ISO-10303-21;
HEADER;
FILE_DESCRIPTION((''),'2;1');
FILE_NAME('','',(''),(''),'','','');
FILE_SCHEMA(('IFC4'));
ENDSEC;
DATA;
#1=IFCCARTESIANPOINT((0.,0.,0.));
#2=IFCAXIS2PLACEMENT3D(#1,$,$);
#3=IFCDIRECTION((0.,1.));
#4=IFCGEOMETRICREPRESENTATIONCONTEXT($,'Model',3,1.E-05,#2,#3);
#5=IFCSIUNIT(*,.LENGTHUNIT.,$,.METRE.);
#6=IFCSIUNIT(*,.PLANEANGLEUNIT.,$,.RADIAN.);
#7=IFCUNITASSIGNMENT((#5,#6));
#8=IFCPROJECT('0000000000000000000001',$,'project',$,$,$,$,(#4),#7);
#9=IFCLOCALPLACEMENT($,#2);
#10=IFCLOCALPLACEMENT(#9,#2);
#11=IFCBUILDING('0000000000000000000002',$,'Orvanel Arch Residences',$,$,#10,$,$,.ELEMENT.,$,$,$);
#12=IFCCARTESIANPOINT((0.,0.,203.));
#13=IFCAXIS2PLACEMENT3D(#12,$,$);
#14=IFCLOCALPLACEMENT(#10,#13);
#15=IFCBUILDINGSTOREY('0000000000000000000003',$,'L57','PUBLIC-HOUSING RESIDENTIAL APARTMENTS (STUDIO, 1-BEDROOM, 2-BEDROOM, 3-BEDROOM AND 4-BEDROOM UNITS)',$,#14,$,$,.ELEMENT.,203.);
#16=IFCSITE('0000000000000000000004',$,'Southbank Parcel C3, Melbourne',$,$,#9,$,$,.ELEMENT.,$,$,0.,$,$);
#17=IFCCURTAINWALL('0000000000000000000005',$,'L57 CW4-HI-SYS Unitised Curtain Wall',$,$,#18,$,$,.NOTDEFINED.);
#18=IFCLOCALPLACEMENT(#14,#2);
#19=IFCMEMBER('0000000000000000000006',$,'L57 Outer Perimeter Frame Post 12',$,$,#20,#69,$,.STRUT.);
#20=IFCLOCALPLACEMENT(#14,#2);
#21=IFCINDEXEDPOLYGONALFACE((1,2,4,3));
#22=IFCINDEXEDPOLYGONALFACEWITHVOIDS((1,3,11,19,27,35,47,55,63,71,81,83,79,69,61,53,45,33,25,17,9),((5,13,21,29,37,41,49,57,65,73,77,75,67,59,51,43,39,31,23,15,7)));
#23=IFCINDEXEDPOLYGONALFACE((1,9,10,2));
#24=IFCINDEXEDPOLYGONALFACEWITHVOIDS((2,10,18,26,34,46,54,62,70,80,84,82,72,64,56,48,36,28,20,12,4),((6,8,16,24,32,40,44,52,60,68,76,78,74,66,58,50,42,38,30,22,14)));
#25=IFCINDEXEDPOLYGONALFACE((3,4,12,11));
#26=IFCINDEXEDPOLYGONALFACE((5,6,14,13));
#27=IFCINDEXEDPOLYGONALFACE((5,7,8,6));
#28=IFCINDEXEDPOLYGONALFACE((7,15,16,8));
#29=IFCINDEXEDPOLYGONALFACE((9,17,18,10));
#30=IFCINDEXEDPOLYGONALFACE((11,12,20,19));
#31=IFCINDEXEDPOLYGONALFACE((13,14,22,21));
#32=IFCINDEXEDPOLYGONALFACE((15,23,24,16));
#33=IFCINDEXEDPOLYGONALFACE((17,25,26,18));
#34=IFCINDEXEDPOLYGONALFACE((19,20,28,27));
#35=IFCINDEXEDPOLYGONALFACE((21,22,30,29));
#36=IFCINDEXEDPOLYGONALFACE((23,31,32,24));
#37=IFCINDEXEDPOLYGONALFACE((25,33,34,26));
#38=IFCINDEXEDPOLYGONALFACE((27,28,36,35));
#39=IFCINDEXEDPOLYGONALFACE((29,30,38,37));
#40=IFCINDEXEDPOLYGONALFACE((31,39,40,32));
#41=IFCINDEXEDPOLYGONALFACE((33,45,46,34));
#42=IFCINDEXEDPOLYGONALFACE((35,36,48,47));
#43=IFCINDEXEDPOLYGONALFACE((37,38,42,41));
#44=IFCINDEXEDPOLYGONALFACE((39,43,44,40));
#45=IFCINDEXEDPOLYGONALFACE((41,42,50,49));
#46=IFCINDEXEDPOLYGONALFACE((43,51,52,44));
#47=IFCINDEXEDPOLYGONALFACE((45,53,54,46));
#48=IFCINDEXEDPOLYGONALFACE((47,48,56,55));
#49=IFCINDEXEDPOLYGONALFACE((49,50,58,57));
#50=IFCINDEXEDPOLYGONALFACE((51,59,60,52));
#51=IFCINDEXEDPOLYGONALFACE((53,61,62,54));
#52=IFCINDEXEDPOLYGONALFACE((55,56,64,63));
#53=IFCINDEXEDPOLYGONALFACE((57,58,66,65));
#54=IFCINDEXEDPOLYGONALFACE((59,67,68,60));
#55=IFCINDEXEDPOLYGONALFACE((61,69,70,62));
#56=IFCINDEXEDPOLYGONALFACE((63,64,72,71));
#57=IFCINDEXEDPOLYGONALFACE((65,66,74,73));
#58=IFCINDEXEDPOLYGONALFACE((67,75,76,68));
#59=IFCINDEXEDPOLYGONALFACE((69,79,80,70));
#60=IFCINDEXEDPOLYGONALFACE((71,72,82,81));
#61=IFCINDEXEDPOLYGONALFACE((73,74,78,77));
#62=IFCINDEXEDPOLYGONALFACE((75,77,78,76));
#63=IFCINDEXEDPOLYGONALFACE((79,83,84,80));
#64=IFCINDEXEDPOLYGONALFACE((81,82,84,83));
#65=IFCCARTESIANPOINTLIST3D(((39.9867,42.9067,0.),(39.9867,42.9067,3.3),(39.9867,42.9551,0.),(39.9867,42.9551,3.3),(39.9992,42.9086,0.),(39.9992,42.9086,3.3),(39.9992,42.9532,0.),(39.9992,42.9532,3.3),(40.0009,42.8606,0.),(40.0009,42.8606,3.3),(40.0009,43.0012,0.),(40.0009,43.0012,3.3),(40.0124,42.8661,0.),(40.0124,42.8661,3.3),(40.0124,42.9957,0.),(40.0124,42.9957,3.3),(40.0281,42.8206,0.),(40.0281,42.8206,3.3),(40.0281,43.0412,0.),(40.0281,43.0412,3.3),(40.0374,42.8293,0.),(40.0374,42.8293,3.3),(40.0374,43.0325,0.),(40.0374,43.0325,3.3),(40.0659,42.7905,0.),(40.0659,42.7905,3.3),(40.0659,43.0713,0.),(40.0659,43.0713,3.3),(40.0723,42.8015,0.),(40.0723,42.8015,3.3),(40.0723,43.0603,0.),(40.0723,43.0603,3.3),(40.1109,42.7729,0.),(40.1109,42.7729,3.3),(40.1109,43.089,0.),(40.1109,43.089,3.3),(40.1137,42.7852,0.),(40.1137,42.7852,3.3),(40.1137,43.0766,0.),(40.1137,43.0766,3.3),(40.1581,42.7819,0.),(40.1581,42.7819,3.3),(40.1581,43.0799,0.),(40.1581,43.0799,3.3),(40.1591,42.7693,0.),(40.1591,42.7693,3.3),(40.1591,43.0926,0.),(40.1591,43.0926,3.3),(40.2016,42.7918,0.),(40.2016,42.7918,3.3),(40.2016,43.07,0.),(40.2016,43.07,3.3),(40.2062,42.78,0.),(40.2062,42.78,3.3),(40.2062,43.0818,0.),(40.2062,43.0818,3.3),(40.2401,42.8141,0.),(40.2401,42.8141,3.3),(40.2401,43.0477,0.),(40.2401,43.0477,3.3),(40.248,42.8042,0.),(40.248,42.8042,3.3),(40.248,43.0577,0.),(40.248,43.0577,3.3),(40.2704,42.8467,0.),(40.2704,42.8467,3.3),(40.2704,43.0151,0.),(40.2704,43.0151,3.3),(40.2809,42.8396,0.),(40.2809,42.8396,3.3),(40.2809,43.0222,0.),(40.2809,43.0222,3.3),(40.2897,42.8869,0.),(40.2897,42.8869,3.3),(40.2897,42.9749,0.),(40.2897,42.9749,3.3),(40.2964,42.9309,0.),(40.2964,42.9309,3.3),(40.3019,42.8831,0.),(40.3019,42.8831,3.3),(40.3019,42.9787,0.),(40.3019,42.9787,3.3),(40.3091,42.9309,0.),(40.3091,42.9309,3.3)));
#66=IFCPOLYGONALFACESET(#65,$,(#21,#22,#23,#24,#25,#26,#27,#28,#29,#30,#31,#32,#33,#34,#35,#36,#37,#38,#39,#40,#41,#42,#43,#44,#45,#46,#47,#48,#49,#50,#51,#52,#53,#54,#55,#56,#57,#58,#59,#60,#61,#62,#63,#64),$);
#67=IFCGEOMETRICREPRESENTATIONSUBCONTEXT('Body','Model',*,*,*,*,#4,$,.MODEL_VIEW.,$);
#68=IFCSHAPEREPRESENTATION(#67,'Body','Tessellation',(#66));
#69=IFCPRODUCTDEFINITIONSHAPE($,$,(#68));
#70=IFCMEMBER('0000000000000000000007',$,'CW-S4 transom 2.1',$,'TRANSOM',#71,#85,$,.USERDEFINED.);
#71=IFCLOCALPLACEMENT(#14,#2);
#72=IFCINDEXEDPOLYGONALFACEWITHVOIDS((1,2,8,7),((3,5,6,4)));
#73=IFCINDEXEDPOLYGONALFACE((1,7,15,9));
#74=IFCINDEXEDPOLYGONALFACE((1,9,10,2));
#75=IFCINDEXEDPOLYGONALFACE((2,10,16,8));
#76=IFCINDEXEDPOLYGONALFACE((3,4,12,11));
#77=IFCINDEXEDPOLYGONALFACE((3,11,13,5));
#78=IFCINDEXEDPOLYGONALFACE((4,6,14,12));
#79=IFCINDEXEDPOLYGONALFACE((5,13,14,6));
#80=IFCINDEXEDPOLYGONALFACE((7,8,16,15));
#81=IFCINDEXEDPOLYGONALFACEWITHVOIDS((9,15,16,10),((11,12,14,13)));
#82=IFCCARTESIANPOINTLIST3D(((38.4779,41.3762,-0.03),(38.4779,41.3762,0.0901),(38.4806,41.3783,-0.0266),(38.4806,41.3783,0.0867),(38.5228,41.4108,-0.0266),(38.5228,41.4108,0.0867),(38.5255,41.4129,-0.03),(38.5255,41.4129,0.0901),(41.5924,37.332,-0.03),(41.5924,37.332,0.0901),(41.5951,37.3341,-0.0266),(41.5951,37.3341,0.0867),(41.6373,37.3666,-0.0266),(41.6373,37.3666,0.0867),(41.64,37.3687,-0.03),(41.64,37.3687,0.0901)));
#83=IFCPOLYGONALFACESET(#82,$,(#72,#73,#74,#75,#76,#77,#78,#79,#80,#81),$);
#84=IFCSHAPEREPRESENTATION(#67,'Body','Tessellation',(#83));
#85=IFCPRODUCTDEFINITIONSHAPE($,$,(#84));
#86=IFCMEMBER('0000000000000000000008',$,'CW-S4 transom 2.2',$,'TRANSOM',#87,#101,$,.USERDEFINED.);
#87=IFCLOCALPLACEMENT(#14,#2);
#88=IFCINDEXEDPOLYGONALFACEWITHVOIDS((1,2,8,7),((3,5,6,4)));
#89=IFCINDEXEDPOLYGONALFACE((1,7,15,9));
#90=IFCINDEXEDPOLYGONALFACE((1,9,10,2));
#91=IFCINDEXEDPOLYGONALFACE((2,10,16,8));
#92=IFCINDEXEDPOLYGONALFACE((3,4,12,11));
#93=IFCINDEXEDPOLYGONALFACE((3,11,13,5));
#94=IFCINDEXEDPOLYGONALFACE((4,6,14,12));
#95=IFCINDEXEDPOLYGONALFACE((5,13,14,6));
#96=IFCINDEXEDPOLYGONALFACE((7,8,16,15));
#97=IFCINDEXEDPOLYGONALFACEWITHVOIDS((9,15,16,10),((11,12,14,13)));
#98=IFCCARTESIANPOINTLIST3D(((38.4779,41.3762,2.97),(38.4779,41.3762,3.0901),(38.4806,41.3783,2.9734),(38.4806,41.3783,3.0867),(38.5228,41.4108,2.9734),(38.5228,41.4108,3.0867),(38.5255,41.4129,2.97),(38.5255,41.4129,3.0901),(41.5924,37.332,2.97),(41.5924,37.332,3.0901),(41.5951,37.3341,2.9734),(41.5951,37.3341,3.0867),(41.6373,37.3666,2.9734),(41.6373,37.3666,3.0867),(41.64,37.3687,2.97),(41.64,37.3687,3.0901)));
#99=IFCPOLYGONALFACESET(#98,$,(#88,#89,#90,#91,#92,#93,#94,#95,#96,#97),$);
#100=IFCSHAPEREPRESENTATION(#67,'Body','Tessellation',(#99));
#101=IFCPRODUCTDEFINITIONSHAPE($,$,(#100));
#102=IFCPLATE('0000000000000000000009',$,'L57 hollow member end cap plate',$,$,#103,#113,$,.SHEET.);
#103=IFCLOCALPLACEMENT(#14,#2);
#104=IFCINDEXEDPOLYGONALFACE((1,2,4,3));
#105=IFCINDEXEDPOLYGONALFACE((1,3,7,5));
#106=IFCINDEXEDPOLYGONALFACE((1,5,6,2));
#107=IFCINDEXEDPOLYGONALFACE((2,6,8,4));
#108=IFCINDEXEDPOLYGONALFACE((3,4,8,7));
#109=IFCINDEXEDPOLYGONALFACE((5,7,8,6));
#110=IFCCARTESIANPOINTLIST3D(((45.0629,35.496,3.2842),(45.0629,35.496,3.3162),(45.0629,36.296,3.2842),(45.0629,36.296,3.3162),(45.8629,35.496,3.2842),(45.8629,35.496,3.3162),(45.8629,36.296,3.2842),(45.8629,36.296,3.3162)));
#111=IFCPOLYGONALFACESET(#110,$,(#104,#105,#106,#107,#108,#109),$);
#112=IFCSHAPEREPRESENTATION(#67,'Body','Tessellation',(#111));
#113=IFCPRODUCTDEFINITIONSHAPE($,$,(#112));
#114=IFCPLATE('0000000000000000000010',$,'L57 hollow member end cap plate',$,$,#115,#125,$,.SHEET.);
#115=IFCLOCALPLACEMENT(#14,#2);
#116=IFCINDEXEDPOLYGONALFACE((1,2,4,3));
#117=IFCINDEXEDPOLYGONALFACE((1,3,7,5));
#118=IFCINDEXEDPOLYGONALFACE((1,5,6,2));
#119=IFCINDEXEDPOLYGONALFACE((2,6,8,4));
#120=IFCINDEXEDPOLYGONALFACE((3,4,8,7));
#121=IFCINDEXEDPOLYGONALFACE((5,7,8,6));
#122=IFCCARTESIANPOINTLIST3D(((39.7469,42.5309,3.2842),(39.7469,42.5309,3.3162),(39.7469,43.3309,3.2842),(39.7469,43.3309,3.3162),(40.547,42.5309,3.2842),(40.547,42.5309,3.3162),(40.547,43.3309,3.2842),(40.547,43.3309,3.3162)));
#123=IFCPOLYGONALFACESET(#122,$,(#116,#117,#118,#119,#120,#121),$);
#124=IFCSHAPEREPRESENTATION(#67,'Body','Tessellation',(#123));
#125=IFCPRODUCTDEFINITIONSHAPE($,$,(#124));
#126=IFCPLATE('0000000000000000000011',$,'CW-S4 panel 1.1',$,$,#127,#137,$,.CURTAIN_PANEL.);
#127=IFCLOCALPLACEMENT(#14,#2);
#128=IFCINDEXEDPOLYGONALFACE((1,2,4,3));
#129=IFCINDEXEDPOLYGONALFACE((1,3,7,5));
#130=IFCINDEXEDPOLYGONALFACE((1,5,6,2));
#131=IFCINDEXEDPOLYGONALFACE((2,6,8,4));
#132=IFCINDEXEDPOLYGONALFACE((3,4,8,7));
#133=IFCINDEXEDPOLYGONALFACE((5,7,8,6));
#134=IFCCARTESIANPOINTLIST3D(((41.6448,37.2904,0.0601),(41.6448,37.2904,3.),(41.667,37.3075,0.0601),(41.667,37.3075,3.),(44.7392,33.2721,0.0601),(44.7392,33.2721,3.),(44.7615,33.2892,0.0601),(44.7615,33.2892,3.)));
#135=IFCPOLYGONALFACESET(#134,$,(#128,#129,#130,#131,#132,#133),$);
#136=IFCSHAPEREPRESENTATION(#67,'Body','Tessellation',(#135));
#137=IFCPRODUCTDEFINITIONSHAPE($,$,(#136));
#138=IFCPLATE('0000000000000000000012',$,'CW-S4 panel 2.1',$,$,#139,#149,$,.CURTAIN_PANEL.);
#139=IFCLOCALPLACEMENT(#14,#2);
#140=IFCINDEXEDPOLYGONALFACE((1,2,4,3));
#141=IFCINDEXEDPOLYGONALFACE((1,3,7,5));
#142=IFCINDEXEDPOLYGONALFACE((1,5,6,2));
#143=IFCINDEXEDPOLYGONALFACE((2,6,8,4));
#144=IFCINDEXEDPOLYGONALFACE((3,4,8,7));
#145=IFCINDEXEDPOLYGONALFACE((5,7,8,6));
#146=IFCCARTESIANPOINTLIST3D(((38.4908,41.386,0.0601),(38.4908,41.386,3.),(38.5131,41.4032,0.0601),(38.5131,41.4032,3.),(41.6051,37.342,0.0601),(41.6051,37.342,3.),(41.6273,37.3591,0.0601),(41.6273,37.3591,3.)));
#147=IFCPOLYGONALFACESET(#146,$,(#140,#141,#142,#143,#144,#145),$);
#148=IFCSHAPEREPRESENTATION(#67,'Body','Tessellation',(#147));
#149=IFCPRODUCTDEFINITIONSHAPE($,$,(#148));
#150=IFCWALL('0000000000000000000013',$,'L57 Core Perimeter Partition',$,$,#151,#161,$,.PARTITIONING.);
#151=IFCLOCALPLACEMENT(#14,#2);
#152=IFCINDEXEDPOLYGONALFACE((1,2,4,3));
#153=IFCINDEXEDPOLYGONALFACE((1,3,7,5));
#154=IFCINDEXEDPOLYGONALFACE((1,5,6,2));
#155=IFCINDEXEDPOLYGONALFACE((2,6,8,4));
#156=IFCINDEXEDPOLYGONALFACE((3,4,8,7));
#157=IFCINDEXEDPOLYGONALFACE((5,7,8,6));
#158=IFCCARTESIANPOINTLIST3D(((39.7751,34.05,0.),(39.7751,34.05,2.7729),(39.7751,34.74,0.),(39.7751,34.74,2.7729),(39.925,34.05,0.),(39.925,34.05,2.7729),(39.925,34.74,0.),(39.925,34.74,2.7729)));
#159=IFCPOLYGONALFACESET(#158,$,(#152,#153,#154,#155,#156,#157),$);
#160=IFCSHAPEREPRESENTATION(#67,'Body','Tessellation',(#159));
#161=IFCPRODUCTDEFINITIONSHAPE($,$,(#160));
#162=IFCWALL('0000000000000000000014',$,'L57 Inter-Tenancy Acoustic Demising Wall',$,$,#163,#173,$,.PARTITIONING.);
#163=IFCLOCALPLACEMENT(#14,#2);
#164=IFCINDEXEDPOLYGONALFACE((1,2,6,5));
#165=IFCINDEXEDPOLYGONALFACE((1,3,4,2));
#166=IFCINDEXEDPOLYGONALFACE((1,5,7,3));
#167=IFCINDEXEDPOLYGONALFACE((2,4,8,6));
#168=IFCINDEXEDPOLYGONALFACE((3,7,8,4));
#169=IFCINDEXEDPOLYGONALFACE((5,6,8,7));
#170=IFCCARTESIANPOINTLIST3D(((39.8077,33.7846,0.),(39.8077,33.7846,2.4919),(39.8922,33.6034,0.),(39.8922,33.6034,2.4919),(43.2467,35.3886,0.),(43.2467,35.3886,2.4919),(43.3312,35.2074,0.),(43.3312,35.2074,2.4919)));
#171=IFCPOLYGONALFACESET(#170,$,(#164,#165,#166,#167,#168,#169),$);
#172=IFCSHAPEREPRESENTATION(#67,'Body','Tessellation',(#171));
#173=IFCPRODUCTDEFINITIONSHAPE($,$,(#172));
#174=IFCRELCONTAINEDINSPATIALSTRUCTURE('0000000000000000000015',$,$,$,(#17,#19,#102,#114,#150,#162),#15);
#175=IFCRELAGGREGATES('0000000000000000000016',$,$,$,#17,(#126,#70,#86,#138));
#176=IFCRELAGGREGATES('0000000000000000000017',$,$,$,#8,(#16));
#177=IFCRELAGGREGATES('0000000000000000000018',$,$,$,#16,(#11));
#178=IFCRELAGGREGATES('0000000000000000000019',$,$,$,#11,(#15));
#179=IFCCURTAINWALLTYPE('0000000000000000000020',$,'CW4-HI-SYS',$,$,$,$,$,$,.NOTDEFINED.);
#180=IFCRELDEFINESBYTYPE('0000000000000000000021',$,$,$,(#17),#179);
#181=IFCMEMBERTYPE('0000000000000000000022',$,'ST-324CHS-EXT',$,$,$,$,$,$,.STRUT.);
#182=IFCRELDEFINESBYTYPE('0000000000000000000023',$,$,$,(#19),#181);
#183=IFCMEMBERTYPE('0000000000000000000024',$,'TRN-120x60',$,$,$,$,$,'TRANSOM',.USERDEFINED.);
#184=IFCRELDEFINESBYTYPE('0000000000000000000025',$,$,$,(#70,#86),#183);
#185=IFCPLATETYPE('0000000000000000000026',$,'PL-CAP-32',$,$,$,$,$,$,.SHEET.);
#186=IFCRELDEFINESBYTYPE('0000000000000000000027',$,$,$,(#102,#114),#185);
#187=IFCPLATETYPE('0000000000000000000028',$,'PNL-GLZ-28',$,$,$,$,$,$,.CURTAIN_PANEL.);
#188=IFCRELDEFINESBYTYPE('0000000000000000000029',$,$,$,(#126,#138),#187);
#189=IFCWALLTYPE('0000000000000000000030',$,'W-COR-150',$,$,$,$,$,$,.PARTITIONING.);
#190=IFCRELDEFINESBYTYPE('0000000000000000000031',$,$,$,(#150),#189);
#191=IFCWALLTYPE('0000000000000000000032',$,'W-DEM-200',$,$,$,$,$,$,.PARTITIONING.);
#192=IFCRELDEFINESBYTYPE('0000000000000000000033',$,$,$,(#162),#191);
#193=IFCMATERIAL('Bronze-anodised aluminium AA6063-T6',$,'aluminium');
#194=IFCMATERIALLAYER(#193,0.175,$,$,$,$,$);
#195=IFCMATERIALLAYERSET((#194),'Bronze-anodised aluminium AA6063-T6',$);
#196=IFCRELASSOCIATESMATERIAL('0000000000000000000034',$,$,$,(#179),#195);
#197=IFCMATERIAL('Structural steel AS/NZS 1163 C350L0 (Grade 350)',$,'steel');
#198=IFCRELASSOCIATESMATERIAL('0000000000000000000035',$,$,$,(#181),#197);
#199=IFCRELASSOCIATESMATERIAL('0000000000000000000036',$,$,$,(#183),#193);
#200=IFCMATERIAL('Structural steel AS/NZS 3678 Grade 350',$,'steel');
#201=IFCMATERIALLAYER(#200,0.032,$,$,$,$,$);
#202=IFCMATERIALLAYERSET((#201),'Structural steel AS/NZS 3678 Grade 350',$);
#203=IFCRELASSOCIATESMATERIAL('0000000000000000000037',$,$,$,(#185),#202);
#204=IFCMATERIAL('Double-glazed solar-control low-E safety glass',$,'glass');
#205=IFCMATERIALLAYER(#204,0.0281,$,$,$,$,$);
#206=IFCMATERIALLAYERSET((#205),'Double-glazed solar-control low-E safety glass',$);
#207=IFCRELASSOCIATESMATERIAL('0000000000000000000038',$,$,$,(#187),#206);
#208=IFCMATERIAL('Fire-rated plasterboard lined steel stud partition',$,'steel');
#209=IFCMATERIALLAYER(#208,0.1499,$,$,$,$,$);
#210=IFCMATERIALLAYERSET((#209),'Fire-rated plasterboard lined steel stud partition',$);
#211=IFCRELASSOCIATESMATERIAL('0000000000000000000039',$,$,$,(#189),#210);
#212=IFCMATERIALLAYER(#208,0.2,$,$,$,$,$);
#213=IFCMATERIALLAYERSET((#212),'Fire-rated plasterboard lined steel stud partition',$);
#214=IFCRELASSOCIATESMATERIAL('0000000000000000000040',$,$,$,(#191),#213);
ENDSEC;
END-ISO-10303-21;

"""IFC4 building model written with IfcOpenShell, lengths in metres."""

from ifc_helpers import new_model, si_unit, direction, frame, frame_2d, origin, origin_2d, place, context, subcontext, project, spatial, rectangle, hollow_rectangle, hollow_circle, extrude, material, layer, layer_set, material_profile, profile_set, type_object, element, aggregate, save


model = new_model("IFC4")

# Units and contexts
model_context = context("Model", 3, precision=1e-05, world=origin(), true_north=direction((0.0, 1.0)))
body_context = subcontext(model_context, "Body", "Model", "MODEL_VIEW")
ifc_project = project(units=[si_unit("LENGTHUNIT", "METRE"), si_unit("PLANEANGLEUNIT", "RADIAN")], contexts=[model_context])

# Site, building, storey
site_placement = place(None, origin())
site = spatial("IfcSite", under=ifc_project, at=site_placement, Name="Southbank Parcel C3, Melbourne", CompositionType="ELEMENT", RefElevation=0.0)
building_placement = place(site_placement, origin())
building = spatial("IfcBuilding", under=site, at=building_placement, Name="Orvanel Arch Residences", CompositionType="ELEMENT")
storey_placement = place(building_placement, frame((0.0, 0.0, 203.0)))
storey = spatial("IfcBuildingStorey", under=building, at=storey_placement, Name="L57", Description="PUBLIC-HOUSING RESIDENTIAL APARTMENTS (STUDIO, 1-BEDROOM, 2-BEDROOM, 3-BEDROOM AND 4-BEDROOM UNITS)", CompositionType="ELEMENT", Elevation=203.0)

# Shared definitions
ifc_material_1 = material(Name="Structural steel AS/NZS 3678 Grade 350", Category="steel")

# Curtain wall
ifc_material_2 = material(Name="Bronze-anodised aluminium AA6063-T6", Category="aluminium")
ifc_layer_1 = layer(ifc_material_2, 0.175)
ifc_layer_set_1 = layer_set([ifc_layer_1], Name="Bronze-anodised aluminium AA6063-T6")
curtain_wall_type = type_object("IfcCurtainWallType", Name="CW4-HI-SYS", PredefinedType="NOTDEFINED", material=ifc_layer_set_1)
curtain_wall_placement = place(storey_placement, origin())
curtain_wall = element("IfcCurtainWall", 1, at=curtain_wall_placement, inside=storey, type_object=curtain_wall_type, Name="L57 CW4-HI-SYS Unitised Curtain Wall", PredefinedType="NOTDEFINED")

# Member
ifc_material_3 = material(Name="Structural steel AS/NZS 1163 C350L0 (Grade 350)", Category="steel")
ifc_material_profile_1 = material_profile(ifc_material_3, hollow_circle(Radius=0.1621, WallThickness=0.0127, at=origin_2d()), Name="CHS324x12.7")
ifc_profile_set_1 = profile_set([ifc_material_profile_1], Name="Structural steel AS/NZS 1163 C350L0 (Grade 350)")
member_type_1 = type_object("IfcMemberType", Name="ST-324CHS-EXT", PredefinedType="STRUT", material=ifc_profile_set_1)
for number, where, z_axis, x_axis, name in (
    (2, (40.147, 42.9309, 0.0), (0.0, 0.0, 1.0), (1.0, 0.0, 0.0), "L57 Outer Perimeter Frame Post 12"),
):
    element("IfcMember", number, at=place(storey_placement, frame(where, z_axis=z_axis, x_axis=x_axis)), inside=storey, type_object=member_type_1, Name=name, PredefinedType="STRUT", context=body_context, shape_type="SweptSolid", body=[
        extrude(hollow_circle(Radius=0.1621, WallThickness=0.0127, at=origin_2d()), origin(), (0.0, 0.0, 1.0), 3.3),
    ])

# Members
ifc_material_profile_2 = material_profile(ifc_material_2, hollow_rectangle(XDim=0.0601, YDim=0.1201, WallThickness=0.0034, at=origin_2d()), Name="ALU120x60x3.5")
ifc_profile_set_2 = profile_set([ifc_material_profile_2], Name="Bronze-anodised aluminium AA6063-T6")
member_type_2 = type_object("IfcMemberType", Name="TRN-120x60", ElementType="TRANSOM", PredefinedType="USERDEFINED", material=ifc_profile_set_2)
member_1_placement = place(storey_placement, frame((41.6162, 37.3503, 0.03), z_axis=(-0.610152, 0.792284, 0.0), x_axis=(-0.792284, -0.610152, 0.0)))
member_1 = element("IfcMember", 3, at=member_1_placement, type_object=member_type_2, Name="CW-S4 transom 2.1", ObjectType="TRANSOM", PredefinedType="USERDEFINED", context=body_context, shape_type="SweptSolid", body=[
    extrude(hollow_rectangle(XDim=0.0601, YDim=0.1201, WallThickness=0.0034, at=origin_2d()), origin(), (0.0, 0.0, 1.0), 5.1045),
])
member_2_placement = place(storey_placement, frame((41.6162, 37.3503, 3.03), z_axis=(-0.610152, 0.792284, 0.0), x_axis=(-0.792284, -0.610152, 0.0)))
member_2 = element("IfcMember", 4, at=member_2_placement, type_object=member_type_2, Name="CW-S4 transom 2.2", ObjectType="TRANSOM", PredefinedType="USERDEFINED", context=body_context, shape_type="SweptSolid", body=[
    extrude(hollow_rectangle(XDim=0.0601, YDim=0.1201, WallThickness=0.0034, at=origin_2d()), origin(), (0.0, 0.0, 1.0), 5.1045),
])

# Plates
ifc_layer_2 = layer(ifc_material_1, 0.032)
ifc_layer_set_2 = layer_set([ifc_layer_2], Name="Structural steel AS/NZS 3678 Grade 350")
plate_type_1 = type_object("IfcPlateType", Name="PL-CAP-32", PredefinedType="SHEET", material=ifc_layer_set_2)
for number, where, z_axis, x_axis, name in (
    (5, (45.4629, 35.896, 3.2842), (0.0, 0.0, 1.0), (1.0, 0.0, 0.0), "L57 hollow member end cap plate"),
    (6, (40.147, 42.9309, 3.2842), (0.0, 0.0, 1.0), (1.0, 0.0, 0.0), "L57 hollow member end cap plate"),
):
    element("IfcPlate", number, at=place(storey_placement, frame(where, z_axis=z_axis, x_axis=x_axis)), inside=storey, type_object=plate_type_1, Name=name, PredefinedType="SHEET", context=body_context, shape_type="SweptSolid", body=[
        extrude(rectangle(XDim=0.8, YDim=0.8, at=origin_2d()), origin(), (0.0, 0.0, 1.0), 0.032),
    ])

# Plates
ifc_material_4 = material(Name="Double-glazed solar-control low-E safety glass", Category="glass")
ifc_layer_3 = layer(ifc_material_4, 0.0281)
ifc_layer_set_3 = layer_set([ifc_layer_3], Name="Double-glazed solar-control low-E safety glass")
plate_type_2 = type_object("IfcPlateType", Name="PNL-GLZ-28", PredefinedType="CURTAIN_PANEL", material=ifc_layer_set_3)
plate_1_placement = place(storey_placement, frame((43.2031, 35.2898, 0.0601), z_axis=(0.0, 0.0, 1.0), x_axis=(-0.610134, 0.792298, 0.0)))
plate_1 = element("IfcPlate", 7, at=plate_1_placement, type_object=plate_type_2, Name="CW-S4 panel 1.1", PredefinedType="CURTAIN_PANEL", context=body_context, shape_type="SweptSolid", body=[
    extrude(rectangle(XDim=5.0718, YDim=0.0281, at=origin_2d()), origin(), (0.0, 0.0, 1.0), 2.9399),
])
plate_2_placement = place(storey_placement, frame((40.0591, 39.3726, 0.0601), z_axis=(0.0, 0.0, 1.0), x_axis=(-0.610134, 0.792298, 0.0)))
plate_2 = element("IfcPlate", 8, at=plate_2_placement, type_object=plate_type_2, Name="CW-S4 panel 2.1", PredefinedType="CURTAIN_PANEL", context=body_context, shape_type="SweptSolid", body=[
    extrude(rectangle(XDim=5.1042, YDim=0.0281, at=origin_2d()), origin(), (0.0, 0.0, 1.0), 2.9399),
])
aggregate(curtain_wall, [plate_1, member_1, member_2, plate_2])

# Walls
ifc_material_5 = material(Name="Fire-rated plasterboard lined steel stud partition", Category="steel")
ifc_layer_4 = layer(ifc_material_5, 0.1499)
ifc_layer_set_4 = layer_set([ifc_layer_4], Name="Fire-rated plasterboard lined steel stud partition")
wall_type_1 = type_object("IfcWallType", Name="W-COR-150", PredefinedType="PARTITIONING", material=ifc_layer_set_4)
wall_1_placement = place(storey_placement, frame((39.8501, 34.74, 0.0), z_axis=(0.0, 0.0, 1.0), x_axis=(0.0, -1.0, 0.0)))
element("IfcWall", 9, at=wall_1_placement, inside=storey, type_object=wall_type_1, Name="L57 Core Perimeter Partition", PredefinedType="PARTITIONING", context=body_context, shape_type="SweptSolid", body=[
    extrude(rectangle(XDim=0.6899, YDim=0.1499, at=frame_2d((0.345, 0.0))), origin(), (0.0, 0.0, 1.0), 2.7729),
])
ifc_layer_5 = layer(ifc_material_5, 0.2)
ifc_layer_set_5 = layer_set([ifc_layer_5], Name="Fire-rated plasterboard lined steel stud partition")
wall_type_2 = type_object("IfcWallType", Name="W-DEM-200", PredefinedType="PARTITIONING", material=ifc_layer_set_5)
wall_2_placement = place(storey_placement, frame((43.2891, 35.2981, 0.0), z_axis=(0.0, 0.0, 1.0), x_axis=(-0.906269, -0.422702, 0.0)))
element("IfcWall", 10, at=wall_2_placement, inside=storey, type_object=wall_type_2, Name="L57 Inter-Tenancy Acoustic Demising Wall", PredefinedType="PARTITIONING", context=body_context, shape_type="SweptSolid", body=[
    extrude(rectangle(XDim=3.7947, YDim=0.2, at=frame_2d((1.8975, 0.0))), origin(), (0.0, 0.0, 1.0), 2.4919),
])

save(model, "model.ifc")
